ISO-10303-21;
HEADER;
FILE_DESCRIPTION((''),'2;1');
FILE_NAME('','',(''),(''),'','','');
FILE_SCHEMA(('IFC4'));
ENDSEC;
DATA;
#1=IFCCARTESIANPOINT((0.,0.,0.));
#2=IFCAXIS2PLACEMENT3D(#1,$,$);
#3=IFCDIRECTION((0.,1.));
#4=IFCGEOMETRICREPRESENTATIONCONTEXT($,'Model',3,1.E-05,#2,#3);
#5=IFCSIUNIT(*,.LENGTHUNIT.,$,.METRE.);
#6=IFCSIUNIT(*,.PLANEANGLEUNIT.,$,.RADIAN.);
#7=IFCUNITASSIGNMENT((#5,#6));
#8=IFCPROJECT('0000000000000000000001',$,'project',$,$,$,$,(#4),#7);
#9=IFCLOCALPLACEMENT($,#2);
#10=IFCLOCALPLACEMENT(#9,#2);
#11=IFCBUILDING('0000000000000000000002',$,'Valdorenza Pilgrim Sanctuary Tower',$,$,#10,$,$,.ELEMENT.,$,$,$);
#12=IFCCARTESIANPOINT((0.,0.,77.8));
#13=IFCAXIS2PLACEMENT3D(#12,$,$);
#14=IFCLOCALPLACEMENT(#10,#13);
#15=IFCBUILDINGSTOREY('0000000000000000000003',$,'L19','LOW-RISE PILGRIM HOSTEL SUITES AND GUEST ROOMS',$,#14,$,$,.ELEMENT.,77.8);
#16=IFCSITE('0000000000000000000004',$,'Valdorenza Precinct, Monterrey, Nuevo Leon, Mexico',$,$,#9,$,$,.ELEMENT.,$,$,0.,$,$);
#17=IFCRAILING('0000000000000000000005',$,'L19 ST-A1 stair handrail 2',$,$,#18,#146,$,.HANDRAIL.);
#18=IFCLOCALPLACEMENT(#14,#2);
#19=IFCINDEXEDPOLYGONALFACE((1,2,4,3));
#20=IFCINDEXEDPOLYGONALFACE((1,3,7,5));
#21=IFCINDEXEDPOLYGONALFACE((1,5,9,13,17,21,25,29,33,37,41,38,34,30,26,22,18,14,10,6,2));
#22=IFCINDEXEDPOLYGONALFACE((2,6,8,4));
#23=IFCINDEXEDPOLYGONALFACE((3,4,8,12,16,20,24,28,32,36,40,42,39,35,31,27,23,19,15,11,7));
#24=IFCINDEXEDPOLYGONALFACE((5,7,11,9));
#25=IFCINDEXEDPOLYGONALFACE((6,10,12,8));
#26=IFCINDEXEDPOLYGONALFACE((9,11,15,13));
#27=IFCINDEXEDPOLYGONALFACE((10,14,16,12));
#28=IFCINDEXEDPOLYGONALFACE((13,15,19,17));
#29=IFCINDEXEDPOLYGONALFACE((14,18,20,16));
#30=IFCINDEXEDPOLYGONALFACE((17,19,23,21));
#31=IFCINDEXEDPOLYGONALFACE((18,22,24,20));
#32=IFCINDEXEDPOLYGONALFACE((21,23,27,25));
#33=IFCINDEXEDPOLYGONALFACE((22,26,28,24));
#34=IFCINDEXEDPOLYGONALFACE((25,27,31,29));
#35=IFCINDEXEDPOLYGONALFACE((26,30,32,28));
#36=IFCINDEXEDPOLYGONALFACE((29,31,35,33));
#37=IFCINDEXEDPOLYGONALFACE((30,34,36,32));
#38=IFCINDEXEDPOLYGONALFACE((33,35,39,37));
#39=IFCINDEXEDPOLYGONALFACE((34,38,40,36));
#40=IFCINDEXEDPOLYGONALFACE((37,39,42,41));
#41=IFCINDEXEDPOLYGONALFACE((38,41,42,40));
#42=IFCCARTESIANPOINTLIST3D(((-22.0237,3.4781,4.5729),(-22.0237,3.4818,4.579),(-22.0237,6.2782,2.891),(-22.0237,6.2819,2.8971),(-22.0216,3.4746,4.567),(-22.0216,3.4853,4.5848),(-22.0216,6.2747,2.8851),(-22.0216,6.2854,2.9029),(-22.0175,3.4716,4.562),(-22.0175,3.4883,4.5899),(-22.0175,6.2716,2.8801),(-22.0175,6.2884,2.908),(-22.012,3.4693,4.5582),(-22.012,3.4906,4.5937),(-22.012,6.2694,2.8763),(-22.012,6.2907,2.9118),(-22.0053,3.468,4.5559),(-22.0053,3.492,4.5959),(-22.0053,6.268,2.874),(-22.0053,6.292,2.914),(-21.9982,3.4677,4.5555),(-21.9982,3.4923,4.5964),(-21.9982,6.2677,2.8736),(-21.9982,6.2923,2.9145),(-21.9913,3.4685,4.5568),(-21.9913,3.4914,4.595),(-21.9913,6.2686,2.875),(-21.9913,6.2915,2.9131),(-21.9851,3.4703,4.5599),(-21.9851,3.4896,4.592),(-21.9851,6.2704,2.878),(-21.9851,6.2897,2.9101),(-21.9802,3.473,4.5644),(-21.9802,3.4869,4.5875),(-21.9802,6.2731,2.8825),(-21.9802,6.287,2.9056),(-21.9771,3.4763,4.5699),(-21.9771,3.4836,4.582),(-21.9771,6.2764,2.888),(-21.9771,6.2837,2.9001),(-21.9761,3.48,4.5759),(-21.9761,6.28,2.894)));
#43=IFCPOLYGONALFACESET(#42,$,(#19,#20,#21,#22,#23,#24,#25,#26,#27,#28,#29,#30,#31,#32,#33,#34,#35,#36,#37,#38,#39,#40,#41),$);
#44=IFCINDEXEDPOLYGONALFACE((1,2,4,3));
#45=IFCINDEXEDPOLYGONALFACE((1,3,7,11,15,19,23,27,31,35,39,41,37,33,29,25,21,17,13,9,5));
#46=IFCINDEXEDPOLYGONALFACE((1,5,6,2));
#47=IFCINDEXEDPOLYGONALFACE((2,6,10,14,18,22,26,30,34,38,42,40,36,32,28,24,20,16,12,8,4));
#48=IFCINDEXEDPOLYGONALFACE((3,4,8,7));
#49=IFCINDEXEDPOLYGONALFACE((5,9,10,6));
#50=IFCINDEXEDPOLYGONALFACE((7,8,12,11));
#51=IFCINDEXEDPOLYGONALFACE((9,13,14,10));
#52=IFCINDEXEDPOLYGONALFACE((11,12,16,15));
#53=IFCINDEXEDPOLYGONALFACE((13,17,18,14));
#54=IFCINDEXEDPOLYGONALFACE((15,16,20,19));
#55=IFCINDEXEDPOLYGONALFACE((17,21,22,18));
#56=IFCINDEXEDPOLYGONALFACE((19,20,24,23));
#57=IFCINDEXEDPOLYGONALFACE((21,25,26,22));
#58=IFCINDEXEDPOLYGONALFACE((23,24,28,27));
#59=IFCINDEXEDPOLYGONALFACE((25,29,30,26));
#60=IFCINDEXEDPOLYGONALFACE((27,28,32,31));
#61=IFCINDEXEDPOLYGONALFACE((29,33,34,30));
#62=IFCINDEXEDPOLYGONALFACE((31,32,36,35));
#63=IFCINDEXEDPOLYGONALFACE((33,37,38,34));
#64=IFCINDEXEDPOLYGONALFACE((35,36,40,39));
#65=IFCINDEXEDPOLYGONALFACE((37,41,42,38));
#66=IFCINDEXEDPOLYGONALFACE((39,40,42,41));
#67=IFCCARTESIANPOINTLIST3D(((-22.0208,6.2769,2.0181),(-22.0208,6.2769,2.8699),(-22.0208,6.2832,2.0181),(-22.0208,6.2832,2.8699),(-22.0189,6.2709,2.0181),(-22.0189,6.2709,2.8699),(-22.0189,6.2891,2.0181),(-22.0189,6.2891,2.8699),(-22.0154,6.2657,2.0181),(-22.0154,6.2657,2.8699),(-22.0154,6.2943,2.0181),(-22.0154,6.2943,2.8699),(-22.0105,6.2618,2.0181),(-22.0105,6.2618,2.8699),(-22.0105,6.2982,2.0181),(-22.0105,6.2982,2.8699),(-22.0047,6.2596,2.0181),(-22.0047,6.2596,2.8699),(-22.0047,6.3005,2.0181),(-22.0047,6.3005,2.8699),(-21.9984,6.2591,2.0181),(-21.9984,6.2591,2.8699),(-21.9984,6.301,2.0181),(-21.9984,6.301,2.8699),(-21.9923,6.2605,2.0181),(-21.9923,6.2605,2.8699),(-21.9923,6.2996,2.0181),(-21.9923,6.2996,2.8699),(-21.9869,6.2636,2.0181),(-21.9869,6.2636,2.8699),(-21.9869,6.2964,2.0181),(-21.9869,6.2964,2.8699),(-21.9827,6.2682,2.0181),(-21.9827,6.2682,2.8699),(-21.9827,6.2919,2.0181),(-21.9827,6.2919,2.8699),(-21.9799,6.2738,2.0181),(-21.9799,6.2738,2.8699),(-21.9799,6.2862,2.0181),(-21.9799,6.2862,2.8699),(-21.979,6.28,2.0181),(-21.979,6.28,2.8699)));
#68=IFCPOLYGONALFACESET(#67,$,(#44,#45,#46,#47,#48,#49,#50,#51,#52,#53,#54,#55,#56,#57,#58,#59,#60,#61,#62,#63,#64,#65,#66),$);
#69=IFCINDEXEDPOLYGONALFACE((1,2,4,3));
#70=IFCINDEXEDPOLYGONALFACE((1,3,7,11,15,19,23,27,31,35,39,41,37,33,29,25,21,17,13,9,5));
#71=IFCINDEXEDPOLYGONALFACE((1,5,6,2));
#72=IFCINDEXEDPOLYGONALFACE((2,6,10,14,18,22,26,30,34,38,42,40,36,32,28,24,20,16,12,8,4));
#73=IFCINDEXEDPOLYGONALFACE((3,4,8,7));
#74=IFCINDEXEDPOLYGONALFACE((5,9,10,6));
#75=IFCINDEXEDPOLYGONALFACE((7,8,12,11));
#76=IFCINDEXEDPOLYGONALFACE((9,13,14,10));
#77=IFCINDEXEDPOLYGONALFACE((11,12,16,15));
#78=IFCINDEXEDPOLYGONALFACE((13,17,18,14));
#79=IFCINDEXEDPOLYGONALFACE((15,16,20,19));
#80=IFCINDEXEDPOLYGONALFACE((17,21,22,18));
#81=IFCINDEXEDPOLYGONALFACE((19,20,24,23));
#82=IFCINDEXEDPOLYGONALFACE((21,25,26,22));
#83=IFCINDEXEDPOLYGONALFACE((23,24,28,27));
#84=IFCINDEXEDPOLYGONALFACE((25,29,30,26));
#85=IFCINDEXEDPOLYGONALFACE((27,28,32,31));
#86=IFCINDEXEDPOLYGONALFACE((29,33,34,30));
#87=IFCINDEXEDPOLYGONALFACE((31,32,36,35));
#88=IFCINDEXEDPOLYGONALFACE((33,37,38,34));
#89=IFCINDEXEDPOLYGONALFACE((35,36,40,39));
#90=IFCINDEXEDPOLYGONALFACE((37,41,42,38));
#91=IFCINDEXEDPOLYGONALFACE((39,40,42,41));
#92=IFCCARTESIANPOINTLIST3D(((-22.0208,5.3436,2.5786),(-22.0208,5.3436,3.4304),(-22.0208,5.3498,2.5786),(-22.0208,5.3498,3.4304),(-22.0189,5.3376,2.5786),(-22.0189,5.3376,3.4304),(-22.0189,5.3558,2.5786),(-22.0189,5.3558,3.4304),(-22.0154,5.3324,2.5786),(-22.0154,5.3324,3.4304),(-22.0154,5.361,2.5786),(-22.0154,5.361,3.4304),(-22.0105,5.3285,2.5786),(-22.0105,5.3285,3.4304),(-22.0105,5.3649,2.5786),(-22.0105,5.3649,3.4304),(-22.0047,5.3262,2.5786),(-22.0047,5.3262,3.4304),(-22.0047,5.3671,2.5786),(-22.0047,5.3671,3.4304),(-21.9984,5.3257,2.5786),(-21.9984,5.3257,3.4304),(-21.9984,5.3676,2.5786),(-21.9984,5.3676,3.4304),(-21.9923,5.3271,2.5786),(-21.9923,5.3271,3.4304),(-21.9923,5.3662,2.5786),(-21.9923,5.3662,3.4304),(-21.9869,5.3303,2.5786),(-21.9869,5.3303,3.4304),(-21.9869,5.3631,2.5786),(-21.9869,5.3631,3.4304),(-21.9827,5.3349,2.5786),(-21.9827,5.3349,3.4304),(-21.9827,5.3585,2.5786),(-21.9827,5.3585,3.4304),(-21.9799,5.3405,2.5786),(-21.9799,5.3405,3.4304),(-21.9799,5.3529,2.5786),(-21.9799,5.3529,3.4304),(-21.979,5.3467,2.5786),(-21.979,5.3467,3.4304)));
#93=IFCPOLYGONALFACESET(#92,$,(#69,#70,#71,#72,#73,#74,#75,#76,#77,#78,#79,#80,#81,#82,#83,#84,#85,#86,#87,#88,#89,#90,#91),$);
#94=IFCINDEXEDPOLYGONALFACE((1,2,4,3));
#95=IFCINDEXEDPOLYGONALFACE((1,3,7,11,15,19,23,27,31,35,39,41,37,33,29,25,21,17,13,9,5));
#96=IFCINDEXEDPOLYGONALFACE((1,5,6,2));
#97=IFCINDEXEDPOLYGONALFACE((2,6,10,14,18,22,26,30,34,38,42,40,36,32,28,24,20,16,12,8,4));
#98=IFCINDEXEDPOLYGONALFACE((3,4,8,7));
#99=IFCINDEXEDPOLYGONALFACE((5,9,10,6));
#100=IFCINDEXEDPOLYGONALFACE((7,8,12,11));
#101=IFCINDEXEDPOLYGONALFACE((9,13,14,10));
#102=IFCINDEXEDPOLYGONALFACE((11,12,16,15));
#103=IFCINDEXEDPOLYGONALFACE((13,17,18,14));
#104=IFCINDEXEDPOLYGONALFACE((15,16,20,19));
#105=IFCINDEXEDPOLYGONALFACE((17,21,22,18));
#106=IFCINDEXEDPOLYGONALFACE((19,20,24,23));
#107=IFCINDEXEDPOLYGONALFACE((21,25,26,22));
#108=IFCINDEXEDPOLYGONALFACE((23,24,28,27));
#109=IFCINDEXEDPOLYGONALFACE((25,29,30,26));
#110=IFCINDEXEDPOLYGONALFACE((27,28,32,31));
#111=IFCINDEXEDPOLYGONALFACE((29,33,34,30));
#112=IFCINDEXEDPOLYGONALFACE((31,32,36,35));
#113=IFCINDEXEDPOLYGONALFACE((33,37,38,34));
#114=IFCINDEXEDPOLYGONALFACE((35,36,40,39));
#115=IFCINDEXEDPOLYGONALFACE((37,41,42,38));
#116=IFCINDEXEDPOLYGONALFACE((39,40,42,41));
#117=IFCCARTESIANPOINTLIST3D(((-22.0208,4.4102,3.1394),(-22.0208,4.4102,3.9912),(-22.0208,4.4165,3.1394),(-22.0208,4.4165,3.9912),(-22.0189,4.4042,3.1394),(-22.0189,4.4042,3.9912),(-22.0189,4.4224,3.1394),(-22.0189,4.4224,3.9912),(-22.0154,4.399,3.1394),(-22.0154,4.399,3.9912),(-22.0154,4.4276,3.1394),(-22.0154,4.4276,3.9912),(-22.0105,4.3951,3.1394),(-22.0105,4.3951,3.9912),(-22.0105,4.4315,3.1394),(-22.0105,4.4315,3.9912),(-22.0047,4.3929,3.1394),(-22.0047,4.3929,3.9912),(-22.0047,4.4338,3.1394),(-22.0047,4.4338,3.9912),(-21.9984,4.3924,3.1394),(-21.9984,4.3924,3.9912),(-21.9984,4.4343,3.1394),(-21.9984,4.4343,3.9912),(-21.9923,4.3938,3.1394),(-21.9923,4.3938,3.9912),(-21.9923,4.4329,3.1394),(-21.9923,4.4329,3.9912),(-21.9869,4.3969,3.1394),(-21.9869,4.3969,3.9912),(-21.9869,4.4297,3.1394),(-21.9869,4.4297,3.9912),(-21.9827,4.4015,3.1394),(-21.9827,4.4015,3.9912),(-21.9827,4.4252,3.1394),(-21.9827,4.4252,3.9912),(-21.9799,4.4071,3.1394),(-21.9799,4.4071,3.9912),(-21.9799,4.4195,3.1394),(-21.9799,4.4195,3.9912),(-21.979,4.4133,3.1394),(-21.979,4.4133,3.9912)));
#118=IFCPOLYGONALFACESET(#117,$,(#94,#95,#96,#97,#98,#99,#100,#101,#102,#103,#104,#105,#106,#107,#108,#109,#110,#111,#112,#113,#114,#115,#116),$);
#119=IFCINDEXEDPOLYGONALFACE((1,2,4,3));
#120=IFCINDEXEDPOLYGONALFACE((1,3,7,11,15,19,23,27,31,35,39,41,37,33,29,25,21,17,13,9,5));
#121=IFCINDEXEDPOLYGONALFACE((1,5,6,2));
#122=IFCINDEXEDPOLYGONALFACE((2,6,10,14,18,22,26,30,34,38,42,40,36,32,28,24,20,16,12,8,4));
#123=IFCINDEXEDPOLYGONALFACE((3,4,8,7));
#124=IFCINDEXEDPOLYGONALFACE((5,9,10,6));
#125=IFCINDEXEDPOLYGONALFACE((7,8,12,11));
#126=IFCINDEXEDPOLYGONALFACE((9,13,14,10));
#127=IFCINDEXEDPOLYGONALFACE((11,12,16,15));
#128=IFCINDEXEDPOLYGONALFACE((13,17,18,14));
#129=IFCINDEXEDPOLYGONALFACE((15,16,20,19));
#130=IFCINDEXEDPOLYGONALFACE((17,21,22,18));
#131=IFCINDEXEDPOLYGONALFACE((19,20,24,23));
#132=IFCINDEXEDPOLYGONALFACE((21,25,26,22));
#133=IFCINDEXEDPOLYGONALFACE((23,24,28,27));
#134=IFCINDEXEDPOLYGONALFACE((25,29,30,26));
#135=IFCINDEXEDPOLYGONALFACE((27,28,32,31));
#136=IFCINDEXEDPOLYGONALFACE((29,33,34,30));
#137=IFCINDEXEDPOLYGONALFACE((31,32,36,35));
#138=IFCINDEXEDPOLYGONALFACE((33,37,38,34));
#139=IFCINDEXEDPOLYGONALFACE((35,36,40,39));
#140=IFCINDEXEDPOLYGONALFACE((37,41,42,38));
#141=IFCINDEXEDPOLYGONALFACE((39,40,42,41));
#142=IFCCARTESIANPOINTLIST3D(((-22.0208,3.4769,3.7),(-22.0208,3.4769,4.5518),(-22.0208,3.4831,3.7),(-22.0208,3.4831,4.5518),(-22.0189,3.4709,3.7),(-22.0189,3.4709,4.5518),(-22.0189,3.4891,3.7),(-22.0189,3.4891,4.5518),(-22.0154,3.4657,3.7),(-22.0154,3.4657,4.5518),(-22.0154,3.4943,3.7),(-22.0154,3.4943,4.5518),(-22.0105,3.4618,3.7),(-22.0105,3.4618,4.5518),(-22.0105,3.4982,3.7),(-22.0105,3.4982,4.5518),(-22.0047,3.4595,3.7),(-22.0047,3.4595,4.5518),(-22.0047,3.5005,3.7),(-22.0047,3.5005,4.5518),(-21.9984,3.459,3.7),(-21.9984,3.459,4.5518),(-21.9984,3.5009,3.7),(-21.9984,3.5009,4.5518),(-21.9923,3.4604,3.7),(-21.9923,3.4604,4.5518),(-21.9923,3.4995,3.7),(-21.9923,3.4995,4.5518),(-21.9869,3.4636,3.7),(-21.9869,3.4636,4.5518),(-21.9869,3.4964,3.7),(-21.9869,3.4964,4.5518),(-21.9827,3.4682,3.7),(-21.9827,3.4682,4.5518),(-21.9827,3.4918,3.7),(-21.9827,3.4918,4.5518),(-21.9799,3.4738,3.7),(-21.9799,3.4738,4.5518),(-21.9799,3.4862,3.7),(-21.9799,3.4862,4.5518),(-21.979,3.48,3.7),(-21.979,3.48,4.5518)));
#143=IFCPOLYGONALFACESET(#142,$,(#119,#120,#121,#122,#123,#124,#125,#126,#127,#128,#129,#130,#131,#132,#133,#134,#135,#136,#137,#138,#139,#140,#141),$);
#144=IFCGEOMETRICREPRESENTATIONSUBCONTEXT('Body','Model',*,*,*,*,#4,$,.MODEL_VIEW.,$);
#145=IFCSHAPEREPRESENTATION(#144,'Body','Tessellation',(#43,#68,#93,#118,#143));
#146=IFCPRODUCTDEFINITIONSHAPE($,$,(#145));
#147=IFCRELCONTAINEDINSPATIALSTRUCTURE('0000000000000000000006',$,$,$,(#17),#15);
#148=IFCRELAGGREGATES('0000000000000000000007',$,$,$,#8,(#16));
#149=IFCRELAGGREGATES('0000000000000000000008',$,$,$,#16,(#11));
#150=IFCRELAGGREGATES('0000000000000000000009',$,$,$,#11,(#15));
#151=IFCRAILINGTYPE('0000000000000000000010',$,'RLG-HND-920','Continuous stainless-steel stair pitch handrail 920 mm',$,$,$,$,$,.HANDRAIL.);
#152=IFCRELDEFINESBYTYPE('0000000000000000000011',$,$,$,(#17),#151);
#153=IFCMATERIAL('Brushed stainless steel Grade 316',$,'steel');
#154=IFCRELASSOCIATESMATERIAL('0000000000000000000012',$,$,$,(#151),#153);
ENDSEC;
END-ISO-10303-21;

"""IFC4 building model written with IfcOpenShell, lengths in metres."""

from ifc_helpers import new_model, si_unit, direction, frame, origin, origin_2d, place, context, subcontext, project, spatial, circle, extrude, material, type_object, element, save


model = new_model("IFC4")

# Units and contexts
model_context = context("Model", 3, precision=1e-05, world=origin(), true_north=direction((0.0, 1.0)))
body_context = subcontext(model_context, "Body", "Model", "MODEL_VIEW")
ifc_project = project(units=[si_unit("LENGTHUNIT", "METRE"), si_unit("PLANEANGLEUNIT", "RADIAN")], contexts=[model_context])

# Site, building, storey
site_placement = place(None, origin())
site = spatial("IfcSite", under=ifc_project, at=site_placement, Name="Valdorenza Precinct, Monterrey, Nuevo Leon, Mexico", CompositionType="ELEMENT", RefElevation=0.0)
building_placement = place(site_placement, origin())
building = spatial("IfcBuilding", under=site, at=building_placement, Name="Valdorenza Pilgrim Sanctuary Tower", CompositionType="ELEMENT")
storey_placement = place(building_placement, frame((0.0, 0.0, 77.8)))
storey = spatial("IfcBuildingStorey", under=building, at=storey_placement, Name="L19", Description="LOW-RISE PILGRIM HOSTEL SUITES AND GUEST ROOMS", CompositionType="ELEMENT", Elevation=77.8)

# Shared definitions
ifc_material_1 = material(Name="Brushed stainless steel Grade 316", Category="steel")

# Railing
railing_type_1 = type_object("IfcRailingType", Name="RLG-HND-920", Description="Continuous stainless-steel stair pitch handrail 920 mm", PredefinedType="HANDRAIL", material=ifc_material_1)
railing_1_placement = place(storey_placement, frame((-22.0, 6.28, 2.0181)))
element("IfcRailing", 1, at=railing_1_placement, inside=storey, type_object=railing_type_1, Name="L19 ST-A1 stair handrail 2", PredefinedType="HANDRAIL", context=body_context, shape_type="SweptSolid", body=[
    extrude(circle(Radius=0.0239, at=origin_2d()), frame((0.0, 0.0, 0.876), z_axis=(0.0, -0.857242, 0.514913), x_axis=(1.0, 0.0, 0.0)), (0.0, 0.0, 1.0), 3.2664),
    extrude(circle(Radius=0.021, at=origin_2d()), origin(), (0.0, 0.0, 1.0), 0.8518),
    extrude(circle(Radius=0.021, at=origin_2d()), frame((0.0, -0.9333, 0.5605)), (0.0, 0.0, 1.0), 0.8518),
    extrude(circle(Radius=0.021, at=origin_2d()), frame((0.0, -1.8667, 1.1213)), (0.0, 0.0, 1.0), 0.8518),
    extrude(circle(Radius=0.021, at=origin_2d()), frame((0.0, -2.8, 1.6819)), (0.0, 0.0, 1.0), 0.8518),
])

save(model, "model.ifc")
